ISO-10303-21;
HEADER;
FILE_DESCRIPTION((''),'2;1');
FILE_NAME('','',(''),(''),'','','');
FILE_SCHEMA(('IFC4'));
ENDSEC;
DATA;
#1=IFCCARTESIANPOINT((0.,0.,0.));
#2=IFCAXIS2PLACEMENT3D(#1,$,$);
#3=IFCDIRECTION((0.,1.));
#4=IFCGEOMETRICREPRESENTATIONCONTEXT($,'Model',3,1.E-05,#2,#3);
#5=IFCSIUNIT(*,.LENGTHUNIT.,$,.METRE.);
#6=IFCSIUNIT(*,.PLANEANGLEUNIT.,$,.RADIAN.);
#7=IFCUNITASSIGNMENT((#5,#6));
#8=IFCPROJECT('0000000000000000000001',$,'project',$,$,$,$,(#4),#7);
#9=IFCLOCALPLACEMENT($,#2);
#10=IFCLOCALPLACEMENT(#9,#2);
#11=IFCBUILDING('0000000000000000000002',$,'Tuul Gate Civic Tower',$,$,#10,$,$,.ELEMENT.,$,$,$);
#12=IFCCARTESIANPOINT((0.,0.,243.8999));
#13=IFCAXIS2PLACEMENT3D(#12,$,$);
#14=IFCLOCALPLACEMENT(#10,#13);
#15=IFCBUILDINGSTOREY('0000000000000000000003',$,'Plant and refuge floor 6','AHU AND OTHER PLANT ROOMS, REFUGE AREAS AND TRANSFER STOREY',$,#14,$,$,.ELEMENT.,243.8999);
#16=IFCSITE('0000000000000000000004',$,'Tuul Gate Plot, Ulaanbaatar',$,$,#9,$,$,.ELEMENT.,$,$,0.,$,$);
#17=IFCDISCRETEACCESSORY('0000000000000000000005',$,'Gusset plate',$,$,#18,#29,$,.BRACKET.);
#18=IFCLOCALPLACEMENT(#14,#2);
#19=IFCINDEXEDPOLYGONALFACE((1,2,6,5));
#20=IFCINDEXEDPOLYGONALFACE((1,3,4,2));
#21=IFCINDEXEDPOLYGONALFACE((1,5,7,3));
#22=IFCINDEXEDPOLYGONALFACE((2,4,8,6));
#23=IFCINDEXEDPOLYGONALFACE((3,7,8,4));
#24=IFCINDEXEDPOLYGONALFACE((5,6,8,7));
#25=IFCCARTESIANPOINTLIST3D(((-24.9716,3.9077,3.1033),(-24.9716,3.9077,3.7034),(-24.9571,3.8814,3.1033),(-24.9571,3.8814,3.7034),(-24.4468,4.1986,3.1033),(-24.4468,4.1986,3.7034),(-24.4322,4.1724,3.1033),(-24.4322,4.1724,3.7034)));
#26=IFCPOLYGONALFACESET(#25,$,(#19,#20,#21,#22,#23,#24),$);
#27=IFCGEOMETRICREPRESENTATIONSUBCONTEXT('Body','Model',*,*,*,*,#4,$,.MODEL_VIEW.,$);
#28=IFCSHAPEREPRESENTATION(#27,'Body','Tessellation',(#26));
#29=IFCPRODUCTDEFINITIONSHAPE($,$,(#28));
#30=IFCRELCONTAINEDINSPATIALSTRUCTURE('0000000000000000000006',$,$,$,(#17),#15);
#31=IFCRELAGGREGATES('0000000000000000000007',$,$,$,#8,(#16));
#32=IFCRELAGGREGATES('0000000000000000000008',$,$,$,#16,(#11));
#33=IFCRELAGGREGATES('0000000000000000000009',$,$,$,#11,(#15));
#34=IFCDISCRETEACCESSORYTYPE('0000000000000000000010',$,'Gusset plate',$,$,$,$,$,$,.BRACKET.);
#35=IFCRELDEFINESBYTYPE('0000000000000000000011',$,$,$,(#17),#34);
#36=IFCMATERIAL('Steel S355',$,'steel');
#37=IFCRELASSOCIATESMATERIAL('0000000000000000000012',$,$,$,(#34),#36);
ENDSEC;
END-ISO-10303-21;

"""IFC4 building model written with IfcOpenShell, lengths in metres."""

from ifc_helpers import new_model, si_unit, direction, frame, origin, origin_2d, place, context, subcontext, project, spatial, rectangle, extrude, material, type_object, element, save


model = new_model("IFC4")

# Units and contexts
model_context = context("Model", 3, precision=1e-05, world=origin(), true_north=direction((0.0, 1.0)))
body_context = subcontext(model_context, "Body", "Model", "MODEL_VIEW")
ifc_project = project(units=[si_unit("LENGTHUNIT", "METRE"), si_unit("PLANEANGLEUNIT", "RADIAN")], contexts=[model_context])

# Site, building, storey
site_placement = place(None, origin())
site = spatial("IfcSite", under=ifc_project, at=site_placement, Name="Tuul Gate Plot, Ulaanbaatar", CompositionType="ELEMENT", RefElevation=0.0)
building_placement = place(site_placement, origin())
building = spatial("IfcBuilding", under=site, at=building_placement, Name="Tuul Gate Civic Tower", CompositionType="ELEMENT")
storey_placement = place(building_placement, frame((0.0, 0.0, 243.8999)))
storey = spatial("IfcBuildingStorey", under=building, at=storey_placement, Name="Plant and refuge floor 6", Description="AHU AND OTHER PLANT ROOMS, REFUGE AREAS AND TRANSFER STOREY", CompositionType="ELEMENT", Elevation=243.8999)

# Discrete accessory
ifc_material_1 = material(Name="Steel S355", Category="steel")
discrete_accessory_type = type_object("IfcDiscreteAccessoryType", Name="Gusset plate", PredefinedType="BRACKET", material=ifc_material_1)
for number, where, z_axis, x_axis, name in (
    (1, (-24.7019, 4.04, 3.1033), (0.0, 0.0, 1.0), (0.874625, 0.4848, 0.0), "Gusset plate"),
):
    element("IfcDiscreteAccessory", number, at=place(storey_placement, frame(where, z_axis=z_axis, x_axis=x_axis)), inside=storey, type_object=discrete_accessory_type, Name=name, PredefinedType="BRACKET", context=body_context, shape_type="SweptSolid", body=[
        extrude(rectangle(XDim=0.6001, YDim=0.03, at=origin_2d()), origin(), (0.0, 0.0, 1.0), 0.6001),
    ])

save(model, "model.ifc")
